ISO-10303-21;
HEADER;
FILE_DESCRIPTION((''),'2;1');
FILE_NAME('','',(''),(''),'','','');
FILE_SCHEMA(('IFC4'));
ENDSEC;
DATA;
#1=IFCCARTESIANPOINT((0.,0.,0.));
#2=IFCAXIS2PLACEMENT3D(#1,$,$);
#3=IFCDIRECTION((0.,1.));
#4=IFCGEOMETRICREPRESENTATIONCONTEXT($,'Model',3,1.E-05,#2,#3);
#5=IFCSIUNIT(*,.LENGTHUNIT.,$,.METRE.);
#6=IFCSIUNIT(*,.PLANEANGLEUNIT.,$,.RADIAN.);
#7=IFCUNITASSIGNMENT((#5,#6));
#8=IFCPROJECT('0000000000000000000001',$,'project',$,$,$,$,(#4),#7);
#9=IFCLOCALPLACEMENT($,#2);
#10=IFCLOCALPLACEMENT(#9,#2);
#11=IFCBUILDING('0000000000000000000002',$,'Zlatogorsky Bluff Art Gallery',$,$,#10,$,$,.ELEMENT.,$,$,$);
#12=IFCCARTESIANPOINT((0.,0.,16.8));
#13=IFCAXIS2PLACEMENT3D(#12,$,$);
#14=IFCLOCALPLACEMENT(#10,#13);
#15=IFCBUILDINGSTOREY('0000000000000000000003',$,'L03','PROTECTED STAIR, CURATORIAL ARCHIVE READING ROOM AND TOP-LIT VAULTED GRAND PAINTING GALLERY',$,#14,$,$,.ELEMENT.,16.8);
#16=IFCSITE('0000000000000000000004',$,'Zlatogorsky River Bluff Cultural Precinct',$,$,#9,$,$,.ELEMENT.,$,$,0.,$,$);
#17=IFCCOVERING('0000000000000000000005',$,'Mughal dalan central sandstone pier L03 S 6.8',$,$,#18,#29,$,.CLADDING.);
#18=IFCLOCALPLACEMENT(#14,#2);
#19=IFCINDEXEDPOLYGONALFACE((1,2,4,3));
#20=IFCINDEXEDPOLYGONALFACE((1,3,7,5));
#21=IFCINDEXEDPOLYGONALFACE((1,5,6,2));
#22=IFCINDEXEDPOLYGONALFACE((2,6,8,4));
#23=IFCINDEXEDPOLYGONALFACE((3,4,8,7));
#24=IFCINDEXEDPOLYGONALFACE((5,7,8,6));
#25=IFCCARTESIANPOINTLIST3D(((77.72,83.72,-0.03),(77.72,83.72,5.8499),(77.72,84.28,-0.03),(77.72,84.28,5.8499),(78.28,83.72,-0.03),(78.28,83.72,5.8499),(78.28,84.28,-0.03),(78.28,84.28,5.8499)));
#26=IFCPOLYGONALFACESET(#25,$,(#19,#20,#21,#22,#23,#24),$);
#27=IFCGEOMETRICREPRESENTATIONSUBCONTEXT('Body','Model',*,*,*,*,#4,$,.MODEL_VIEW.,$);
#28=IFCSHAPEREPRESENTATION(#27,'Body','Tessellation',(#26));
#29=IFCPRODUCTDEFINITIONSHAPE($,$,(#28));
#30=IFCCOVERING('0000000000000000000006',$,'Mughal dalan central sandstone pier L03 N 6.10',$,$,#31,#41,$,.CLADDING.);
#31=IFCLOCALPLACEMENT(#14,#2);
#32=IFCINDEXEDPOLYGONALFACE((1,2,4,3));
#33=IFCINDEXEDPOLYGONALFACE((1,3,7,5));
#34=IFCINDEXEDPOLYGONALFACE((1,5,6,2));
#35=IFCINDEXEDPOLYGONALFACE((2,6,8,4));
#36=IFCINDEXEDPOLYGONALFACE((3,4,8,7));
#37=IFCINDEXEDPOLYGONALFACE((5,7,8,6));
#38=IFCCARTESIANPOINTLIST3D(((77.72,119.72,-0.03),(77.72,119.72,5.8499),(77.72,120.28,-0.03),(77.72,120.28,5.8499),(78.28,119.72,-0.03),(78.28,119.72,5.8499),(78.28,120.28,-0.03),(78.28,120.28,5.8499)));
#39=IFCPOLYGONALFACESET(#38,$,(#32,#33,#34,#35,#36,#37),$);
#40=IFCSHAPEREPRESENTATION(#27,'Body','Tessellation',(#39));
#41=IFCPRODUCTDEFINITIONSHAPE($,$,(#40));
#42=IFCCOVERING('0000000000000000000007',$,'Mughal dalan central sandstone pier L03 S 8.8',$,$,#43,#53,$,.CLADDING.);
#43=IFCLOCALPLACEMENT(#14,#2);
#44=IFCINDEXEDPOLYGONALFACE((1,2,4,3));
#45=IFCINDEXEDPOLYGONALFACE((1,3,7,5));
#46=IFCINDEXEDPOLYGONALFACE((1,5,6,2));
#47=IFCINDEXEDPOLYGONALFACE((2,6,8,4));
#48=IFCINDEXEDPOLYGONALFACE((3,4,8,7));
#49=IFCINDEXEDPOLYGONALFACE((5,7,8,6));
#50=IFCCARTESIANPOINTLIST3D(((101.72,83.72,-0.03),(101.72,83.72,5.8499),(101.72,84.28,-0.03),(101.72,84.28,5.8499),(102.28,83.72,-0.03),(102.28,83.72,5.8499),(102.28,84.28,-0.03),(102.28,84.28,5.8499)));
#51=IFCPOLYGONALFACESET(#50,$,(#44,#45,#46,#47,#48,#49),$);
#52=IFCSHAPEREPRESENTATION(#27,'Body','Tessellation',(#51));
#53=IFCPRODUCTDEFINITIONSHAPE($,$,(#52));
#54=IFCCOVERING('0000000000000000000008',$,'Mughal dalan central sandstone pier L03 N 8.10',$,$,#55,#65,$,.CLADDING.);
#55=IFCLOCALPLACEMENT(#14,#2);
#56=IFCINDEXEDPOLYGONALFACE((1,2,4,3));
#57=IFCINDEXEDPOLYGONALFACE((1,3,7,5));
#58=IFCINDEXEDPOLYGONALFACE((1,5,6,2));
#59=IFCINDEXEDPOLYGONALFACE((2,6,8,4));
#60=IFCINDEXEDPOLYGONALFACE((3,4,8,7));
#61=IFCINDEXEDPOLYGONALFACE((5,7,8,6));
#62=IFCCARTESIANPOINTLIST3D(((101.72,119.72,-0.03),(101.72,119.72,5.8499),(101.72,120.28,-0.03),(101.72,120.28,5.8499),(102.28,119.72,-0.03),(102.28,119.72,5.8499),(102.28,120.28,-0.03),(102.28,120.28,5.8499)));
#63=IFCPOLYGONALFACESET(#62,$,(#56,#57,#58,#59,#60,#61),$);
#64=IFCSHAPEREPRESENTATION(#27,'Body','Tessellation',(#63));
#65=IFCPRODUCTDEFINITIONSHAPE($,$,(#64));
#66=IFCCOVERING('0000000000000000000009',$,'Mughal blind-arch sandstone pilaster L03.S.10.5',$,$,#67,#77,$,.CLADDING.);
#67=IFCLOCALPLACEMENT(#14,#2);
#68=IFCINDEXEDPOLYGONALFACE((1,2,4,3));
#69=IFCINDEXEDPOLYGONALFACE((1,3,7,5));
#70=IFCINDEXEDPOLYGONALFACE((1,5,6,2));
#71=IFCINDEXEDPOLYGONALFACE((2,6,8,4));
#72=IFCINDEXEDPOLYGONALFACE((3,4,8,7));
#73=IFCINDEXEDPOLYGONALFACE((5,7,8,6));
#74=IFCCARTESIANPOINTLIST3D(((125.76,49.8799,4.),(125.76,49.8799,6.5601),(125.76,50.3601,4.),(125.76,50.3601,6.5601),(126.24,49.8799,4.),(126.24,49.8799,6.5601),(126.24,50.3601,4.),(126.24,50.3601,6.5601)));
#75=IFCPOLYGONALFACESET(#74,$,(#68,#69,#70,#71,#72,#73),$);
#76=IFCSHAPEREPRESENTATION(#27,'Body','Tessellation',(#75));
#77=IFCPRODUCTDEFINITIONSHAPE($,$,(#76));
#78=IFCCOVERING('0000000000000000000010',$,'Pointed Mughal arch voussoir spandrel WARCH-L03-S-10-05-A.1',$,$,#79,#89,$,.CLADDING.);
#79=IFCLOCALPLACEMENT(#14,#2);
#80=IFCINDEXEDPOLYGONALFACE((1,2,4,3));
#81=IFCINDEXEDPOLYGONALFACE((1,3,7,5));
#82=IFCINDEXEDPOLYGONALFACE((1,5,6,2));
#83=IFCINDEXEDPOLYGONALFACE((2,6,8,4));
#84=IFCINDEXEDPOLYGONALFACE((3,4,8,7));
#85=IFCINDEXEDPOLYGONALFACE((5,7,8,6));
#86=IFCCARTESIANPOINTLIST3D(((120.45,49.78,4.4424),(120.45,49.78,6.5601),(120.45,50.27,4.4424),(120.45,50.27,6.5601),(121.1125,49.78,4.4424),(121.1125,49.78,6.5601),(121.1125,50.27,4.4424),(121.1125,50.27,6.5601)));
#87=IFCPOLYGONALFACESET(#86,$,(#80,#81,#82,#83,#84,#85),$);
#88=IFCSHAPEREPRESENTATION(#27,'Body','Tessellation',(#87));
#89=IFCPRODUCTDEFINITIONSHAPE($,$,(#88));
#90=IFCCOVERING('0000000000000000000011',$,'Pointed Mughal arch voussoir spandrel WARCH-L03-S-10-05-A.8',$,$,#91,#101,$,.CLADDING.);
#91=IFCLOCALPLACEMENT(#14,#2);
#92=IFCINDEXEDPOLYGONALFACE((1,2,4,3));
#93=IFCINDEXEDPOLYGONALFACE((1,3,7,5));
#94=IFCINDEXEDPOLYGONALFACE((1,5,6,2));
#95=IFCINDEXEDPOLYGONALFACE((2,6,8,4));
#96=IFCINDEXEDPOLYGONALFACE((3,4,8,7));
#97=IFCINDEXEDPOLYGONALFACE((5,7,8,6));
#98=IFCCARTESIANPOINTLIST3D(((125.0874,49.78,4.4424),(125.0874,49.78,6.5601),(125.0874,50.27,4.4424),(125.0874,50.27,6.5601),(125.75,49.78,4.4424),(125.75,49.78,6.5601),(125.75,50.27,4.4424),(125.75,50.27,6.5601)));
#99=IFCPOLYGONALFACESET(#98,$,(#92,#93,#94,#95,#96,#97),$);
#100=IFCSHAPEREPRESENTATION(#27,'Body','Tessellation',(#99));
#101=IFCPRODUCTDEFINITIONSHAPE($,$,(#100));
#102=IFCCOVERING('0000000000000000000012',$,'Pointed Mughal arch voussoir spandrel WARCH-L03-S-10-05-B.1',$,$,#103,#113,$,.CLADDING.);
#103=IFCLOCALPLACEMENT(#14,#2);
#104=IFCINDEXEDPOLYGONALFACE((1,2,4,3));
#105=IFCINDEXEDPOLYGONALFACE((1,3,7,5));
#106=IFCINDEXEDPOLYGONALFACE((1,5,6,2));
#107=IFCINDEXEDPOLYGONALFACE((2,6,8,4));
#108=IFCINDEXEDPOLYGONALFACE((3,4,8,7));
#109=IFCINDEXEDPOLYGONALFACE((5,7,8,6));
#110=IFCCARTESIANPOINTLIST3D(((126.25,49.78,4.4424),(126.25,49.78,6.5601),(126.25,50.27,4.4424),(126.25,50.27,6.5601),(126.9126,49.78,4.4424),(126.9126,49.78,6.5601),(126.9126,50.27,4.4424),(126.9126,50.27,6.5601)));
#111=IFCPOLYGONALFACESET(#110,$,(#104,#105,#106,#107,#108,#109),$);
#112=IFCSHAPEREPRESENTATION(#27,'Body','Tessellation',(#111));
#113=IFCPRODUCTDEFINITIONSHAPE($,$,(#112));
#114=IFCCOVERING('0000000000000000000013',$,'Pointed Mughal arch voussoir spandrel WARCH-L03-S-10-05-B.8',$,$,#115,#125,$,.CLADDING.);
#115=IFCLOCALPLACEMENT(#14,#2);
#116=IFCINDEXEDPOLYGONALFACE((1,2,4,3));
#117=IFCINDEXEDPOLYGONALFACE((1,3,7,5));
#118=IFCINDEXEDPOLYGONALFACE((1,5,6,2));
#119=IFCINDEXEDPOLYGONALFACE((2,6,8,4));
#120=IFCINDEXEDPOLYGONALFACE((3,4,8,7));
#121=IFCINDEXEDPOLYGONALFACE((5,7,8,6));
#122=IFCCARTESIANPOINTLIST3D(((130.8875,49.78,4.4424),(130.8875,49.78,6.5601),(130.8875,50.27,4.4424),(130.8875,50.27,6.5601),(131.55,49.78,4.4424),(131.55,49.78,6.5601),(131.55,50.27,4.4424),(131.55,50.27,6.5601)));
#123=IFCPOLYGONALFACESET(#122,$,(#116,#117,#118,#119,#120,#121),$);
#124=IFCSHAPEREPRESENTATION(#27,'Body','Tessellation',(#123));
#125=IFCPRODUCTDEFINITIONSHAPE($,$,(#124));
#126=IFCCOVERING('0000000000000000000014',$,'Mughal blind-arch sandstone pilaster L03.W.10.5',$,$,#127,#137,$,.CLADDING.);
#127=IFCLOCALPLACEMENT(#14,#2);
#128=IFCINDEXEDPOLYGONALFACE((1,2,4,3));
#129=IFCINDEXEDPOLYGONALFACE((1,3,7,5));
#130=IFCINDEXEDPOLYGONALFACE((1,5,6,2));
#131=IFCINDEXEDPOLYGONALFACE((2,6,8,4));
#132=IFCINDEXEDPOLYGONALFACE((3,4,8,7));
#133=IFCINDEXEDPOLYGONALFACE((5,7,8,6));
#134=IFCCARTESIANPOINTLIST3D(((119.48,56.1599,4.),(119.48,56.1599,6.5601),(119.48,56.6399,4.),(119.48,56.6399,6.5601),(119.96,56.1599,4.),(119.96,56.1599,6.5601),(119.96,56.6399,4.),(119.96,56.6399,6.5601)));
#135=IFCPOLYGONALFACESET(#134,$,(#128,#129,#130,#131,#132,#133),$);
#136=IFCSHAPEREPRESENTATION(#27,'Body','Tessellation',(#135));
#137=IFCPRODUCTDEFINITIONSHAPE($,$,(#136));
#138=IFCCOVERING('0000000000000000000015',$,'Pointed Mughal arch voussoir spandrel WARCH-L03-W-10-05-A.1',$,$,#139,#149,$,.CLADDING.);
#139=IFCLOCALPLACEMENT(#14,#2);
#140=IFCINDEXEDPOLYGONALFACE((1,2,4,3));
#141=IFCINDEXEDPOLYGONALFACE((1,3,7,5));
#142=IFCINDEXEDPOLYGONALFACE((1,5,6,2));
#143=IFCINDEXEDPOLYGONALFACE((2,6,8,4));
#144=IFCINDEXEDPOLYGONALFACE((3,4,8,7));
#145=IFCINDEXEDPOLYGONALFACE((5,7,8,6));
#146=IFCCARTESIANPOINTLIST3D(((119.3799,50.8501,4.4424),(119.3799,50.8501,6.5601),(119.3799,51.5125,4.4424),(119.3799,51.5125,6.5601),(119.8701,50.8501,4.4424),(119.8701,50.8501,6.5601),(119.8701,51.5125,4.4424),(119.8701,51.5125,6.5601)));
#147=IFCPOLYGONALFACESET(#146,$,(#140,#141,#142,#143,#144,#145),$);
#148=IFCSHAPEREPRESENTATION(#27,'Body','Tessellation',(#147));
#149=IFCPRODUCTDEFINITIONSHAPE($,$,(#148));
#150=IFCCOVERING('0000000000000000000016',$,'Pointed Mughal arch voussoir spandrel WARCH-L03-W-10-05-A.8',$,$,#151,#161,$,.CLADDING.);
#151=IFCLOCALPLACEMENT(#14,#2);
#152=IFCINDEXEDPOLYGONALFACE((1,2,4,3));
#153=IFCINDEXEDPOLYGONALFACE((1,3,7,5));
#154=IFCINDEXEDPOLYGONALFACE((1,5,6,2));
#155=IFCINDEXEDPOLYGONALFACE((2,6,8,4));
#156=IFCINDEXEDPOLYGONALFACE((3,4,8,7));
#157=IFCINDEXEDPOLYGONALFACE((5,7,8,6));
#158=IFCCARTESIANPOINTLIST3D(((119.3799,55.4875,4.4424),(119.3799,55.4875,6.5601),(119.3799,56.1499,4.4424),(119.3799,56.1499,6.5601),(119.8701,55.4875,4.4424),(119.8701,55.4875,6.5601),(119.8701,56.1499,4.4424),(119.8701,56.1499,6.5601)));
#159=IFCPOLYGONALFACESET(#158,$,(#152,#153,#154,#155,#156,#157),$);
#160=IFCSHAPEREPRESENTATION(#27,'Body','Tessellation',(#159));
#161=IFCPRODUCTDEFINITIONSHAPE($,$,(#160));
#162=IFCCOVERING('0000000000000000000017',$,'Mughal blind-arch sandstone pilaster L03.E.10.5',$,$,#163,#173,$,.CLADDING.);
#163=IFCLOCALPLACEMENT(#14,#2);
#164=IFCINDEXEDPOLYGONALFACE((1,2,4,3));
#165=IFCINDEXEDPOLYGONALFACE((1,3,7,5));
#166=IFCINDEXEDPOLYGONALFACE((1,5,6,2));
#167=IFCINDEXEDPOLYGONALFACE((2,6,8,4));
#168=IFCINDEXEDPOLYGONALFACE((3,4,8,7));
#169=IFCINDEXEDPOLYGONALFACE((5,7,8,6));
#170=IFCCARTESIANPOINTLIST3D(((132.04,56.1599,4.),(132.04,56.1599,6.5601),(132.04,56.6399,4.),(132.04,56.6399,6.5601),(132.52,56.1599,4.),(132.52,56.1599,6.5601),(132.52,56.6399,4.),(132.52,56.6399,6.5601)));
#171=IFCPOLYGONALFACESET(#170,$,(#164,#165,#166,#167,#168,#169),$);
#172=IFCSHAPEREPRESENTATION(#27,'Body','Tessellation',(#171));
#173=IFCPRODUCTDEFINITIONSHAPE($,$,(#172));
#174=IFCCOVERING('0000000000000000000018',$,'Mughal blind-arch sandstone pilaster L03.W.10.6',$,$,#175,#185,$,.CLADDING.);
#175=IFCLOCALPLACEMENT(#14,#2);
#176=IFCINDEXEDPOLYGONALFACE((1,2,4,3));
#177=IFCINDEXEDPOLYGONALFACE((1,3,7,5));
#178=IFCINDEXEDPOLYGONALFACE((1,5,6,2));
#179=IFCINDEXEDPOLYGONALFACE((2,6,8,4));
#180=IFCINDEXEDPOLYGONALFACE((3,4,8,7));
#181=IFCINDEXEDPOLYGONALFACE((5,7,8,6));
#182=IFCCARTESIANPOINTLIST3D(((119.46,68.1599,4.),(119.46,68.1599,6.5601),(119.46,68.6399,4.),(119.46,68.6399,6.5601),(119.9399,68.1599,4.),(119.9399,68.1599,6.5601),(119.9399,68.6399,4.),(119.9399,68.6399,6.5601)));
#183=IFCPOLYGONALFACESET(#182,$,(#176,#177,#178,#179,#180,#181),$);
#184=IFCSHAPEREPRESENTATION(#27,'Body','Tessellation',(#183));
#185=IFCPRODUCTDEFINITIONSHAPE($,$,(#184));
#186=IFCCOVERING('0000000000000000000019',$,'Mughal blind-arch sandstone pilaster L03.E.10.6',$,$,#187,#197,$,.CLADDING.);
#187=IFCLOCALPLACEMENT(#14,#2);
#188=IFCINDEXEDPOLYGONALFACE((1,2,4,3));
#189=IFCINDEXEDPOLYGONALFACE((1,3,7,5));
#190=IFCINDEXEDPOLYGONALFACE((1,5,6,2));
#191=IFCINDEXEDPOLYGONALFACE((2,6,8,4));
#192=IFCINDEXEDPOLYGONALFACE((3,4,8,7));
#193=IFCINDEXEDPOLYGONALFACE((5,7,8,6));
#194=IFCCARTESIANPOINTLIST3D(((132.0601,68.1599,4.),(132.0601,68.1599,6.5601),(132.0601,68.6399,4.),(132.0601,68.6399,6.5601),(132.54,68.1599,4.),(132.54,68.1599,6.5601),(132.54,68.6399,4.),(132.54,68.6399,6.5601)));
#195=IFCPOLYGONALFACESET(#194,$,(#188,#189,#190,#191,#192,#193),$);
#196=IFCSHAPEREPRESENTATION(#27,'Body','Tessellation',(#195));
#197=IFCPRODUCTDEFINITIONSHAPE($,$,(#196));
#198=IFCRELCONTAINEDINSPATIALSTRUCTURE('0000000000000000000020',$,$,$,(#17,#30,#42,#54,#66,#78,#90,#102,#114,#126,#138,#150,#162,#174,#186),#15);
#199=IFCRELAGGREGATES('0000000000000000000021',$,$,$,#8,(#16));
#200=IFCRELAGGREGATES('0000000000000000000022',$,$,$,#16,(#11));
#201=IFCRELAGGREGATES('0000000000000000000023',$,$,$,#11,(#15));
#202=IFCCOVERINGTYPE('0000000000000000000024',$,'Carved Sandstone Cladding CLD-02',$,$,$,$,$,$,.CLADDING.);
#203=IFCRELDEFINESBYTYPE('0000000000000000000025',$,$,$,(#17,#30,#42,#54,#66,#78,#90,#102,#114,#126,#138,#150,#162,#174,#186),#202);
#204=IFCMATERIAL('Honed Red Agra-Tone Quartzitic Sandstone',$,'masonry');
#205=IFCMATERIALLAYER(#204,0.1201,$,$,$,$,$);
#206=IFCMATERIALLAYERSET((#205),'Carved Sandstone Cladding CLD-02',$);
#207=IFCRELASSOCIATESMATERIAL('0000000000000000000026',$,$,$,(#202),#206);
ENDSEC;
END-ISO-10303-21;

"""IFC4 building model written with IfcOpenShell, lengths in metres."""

from ifc_helpers import new_model, si_unit, direction, frame, origin, place, context, subcontext, project, spatial, polyline, outline, extrude, material, layer, layer_set, type_object, element, save


model = new_model("IFC4")

# Units and contexts
model_context = context("Model", 3, precision=1e-05, world=origin(), true_north=direction((0.0, 1.0)))
body_context = subcontext(model_context, "Body", "Model", "MODEL_VIEW")
ifc_project = project(units=[si_unit("LENGTHUNIT", "METRE"), si_unit("PLANEANGLEUNIT", "RADIAN")], contexts=[model_context])

# Site, building, storey
site_placement = place(None, origin())
site = spatial("IfcSite", under=ifc_project, at=site_placement, Name="Zlatogorsky River Bluff Cultural Precinct", CompositionType="ELEMENT", RefElevation=0.0)
building_placement = place(site_placement, origin())
building = spatial("IfcBuilding", under=site, at=building_placement, Name="Zlatogorsky Bluff Art Gallery", CompositionType="ELEMENT")
storey_placement = place(building_placement, frame((0.0, 0.0, 16.8)))
storey = spatial("IfcBuildingStorey", under=building, at=storey_placement, Name="L03", Description="PROTECTED STAIR, CURATORIAL ARCHIVE READING ROOM AND TOP-LIT VAULTED GRAND PAINTING GALLERY", CompositionType="ELEMENT", Elevation=16.8)

# Coverings
ifc_material = material(Name="Honed Red Agra-Tone Quartzitic Sandstone", Category="masonry")
ifc_layer = layer(ifc_material, 0.1201)
ifc_layer_set = layer_set([ifc_layer], Name="Carved Sandstone Cladding CLD-02")
covering_type = type_object("IfcCoveringType", Name="Carved Sandstone Cladding CLD-02", PredefinedType="CLADDING", material=ifc_layer_set)
covering_1_placement = place(storey_placement, frame((0.0, 0.0, -0.03)))
element("IfcCovering", 1, at=covering_1_placement, inside=storey, type_object=covering_type, Name="Mughal dalan central sandstone pier L03 S 6.8", PredefinedType="CLADDING", context=body_context, shape_type="SweptSolid", body=[
    extrude(outline(polyline([(77.72, 83.72), (78.28, 83.72), (78.28, 84.28), (77.72, 84.28), (77.72, 83.72)])), origin(), (0.0, 0.0, 1.0), 5.8799),
])
covering_2_placement = place(storey_placement, frame((0.0, 0.0, -0.03)))
element("IfcCovering", 2, at=covering_2_placement, inside=storey, type_object=covering_type, Name="Mughal dalan central sandstone pier L03 N 6.10", PredefinedType="CLADDING", context=body_context, shape_type="SweptSolid", body=[
    extrude(outline(polyline([(77.72, 119.72), (78.28, 119.72), (78.28, 120.28), (77.72, 120.28), (77.72, 119.72)])), origin(), (0.0, 0.0, 1.0), 5.8799),
])
covering_3_placement = place(storey_placement, frame((0.0, 0.0, -0.03)))
element("IfcCovering", 3, at=covering_3_placement, inside=storey, type_object=covering_type, Name="Mughal dalan central sandstone pier L03 S 8.8", PredefinedType="CLADDING", context=body_context, shape_type="SweptSolid", body=[
    extrude(outline(polyline([(101.72, 83.72), (102.28, 83.72), (102.28, 84.28), (101.72, 84.28), (101.72, 83.72)])), origin(), (0.0, 0.0, 1.0), 5.8799),
])
covering_4_placement = place(storey_placement, frame((0.0, 0.0, -0.03)))
element("IfcCovering", 4, at=covering_4_placement, inside=storey, type_object=covering_type, Name="Mughal dalan central sandstone pier L03 N 8.10", PredefinedType="CLADDING", context=body_context, shape_type="SweptSolid", body=[
    extrude(outline(polyline([(101.72, 119.72), (102.28, 119.72), (102.28, 120.28), (101.72, 120.28), (101.72, 119.72)])), origin(), (0.0, 0.0, 1.0), 5.8799),
])
covering_5_placement = place(storey_placement, frame((0.0, 0.0, 4.0)))
element("IfcCovering", 5, at=covering_5_placement, inside=storey, type_object=covering_type, Name="Mughal blind-arch sandstone pilaster L03.S.10.5", PredefinedType="CLADDING", context=body_context, shape_type="SweptSolid", body=[
    extrude(outline(polyline([(125.76, 49.8799), (126.24, 49.8799), (126.24, 50.3601), (125.76, 50.3601), (125.76, 49.8799)])), origin(), (0.0, 0.0, 1.0), 2.5601),
])
covering_6_placement = place(storey_placement, frame((0.0, 0.0, 4.4424)))
element("IfcCovering", 6, at=covering_6_placement, inside=storey, type_object=covering_type, Name="Pointed Mughal arch voussoir spandrel WARCH-L03-S-10-05-A.1", PredefinedType="CLADDING", context=body_context, shape_type="SweptSolid", body=[
    extrude(outline(polyline([(120.45, 49.78), (121.1125, 49.78), (121.1125, 50.27), (120.45, 50.27), (120.45, 49.78)])), origin(), (0.0, 0.0, 1.0), 2.1177),
])
covering_7_placement = place(storey_placement, frame((0.0, 0.0, 4.4424)))
element("IfcCovering", 7, at=covering_7_placement, inside=storey, type_object=covering_type, Name="Pointed Mughal arch voussoir spandrel WARCH-L03-S-10-05-A.8", PredefinedType="CLADDING", context=body_context, shape_type="SweptSolid", body=[
    extrude(outline(polyline([(125.0874, 49.78), (125.75, 49.78), (125.75, 50.27), (125.0874, 50.27), (125.0874, 49.78)])), origin(), (0.0, 0.0, 1.0), 2.1177),
])
covering_8_placement = place(storey_placement, frame((0.0, 0.0, 4.4424)))
element("IfcCovering", 8, at=covering_8_placement, inside=storey, type_object=covering_type, Name="Pointed Mughal arch voussoir spandrel WARCH-L03-S-10-05-B.1", PredefinedType="CLADDING", context=body_context, shape_type="SweptSolid", body=[
    extrude(outline(polyline([(126.25, 49.78), (126.9126, 49.78), (126.9126, 50.27), (126.25, 50.27), (126.25, 49.78)])), origin(), (0.0, 0.0, 1.0), 2.1177),
])
covering_9_placement = place(storey_placement, frame((0.0, 0.0, 4.4424)))
element("IfcCovering", 9, at=covering_9_placement, inside=storey, type_object=covering_type, Name="Pointed Mughal arch voussoir spandrel WARCH-L03-S-10-05-B.8", PredefinedType="CLADDING", context=body_context, shape_type="SweptSolid", body=[
    extrude(outline(polyline([(130.8875, 49.78), (131.55, 49.78), (131.55, 50.27), (130.8875, 50.27), (130.8875, 49.78)])), origin(), (0.0, 0.0, 1.0), 2.1177),
])
covering_10_placement = place(storey_placement, frame((0.0, 0.0, 4.0)))
element("IfcCovering", 10, at=covering_10_placement, inside=storey, type_object=covering_type, Name="Mughal blind-arch sandstone pilaster L03.W.10.5", PredefinedType="CLADDING", context=body_context, shape_type="SweptSolid", body=[
    extrude(outline(polyline([(119.48, 56.1599), (119.96, 56.1599), (119.96, 56.6399), (119.48, 56.6399), (119.48, 56.1599)])), origin(), (0.0, 0.0, 1.0), 2.5601),
])
covering_11_placement = place(storey_placement, frame((0.0, 0.0, 4.4424)))
element("IfcCovering", 11, at=covering_11_placement, inside=storey, type_object=covering_type, Name="Pointed Mughal arch voussoir spandrel WARCH-L03-W-10-05-A.1", PredefinedType="CLADDING", context=body_context, shape_type="SweptSolid", body=[
    extrude(outline(polyline([(119.3799, 50.8501), (119.3799, 51.5125), (119.8701, 51.5125), (119.8701, 50.8501), (119.3799, 50.8501)])), origin(), (0.0, 0.0, 1.0), 2.1177),
])
covering_12_placement = place(storey_placement, frame((0.0, 0.0, 4.4424)))
element("IfcCovering", 12, at=covering_12_placement, inside=storey, type_object=covering_type, Name="Pointed Mughal arch voussoir spandrel WARCH-L03-W-10-05-A.8", PredefinedType="CLADDING", context=body_context, shape_type="SweptSolid", body=[
    extrude(outline(polyline([(119.3799, 55.4875), (119.3799, 56.1499), (119.8701, 56.1499), (119.8701, 55.4875), (119.3799, 55.4875)])), origin(), (0.0, 0.0, 1.0), 2.1177),
])
covering_13_placement = place(storey_placement, frame((0.0, 0.0, 4.0)))
element("IfcCovering", 13, at=covering_13_placement, inside=storey, type_object=covering_type, Name="Mughal blind-arch sandstone pilaster L03.E.10.5", PredefinedType="CLADDING", context=body_context, shape_type="SweptSolid", body=[
    extrude(outline(polyline([(132.04, 56.1599), (132.52, 56.1599), (132.52, 56.6399), (132.04, 56.6399), (132.04, 56.1599)])), origin(), (0.0, 0.0, 1.0), 2.5601),
])
covering_14_placement = place(storey_placement, frame((0.0, 0.0, 4.0)))
element("IfcCovering", 14, at=covering_14_placement, inside=storey, type_object=covering_type, Name="Mughal blind-arch sandstone pilaster L03.W.10.6", PredefinedType="CLADDING", context=body_context, shape_type="SweptSolid", body=[
    extrude(outline(polyline([(119.46, 68.1599), (119.9399, 68.1599), (119.9399, 68.6399), (119.46, 68.6399), (119.46, 68.1599)])), origin(), (0.0, 0.0, 1.0), 2.5601),
])
covering_15_placement = place(storey_placement, frame((0.0, 0.0, 4.0)))
element("IfcCovering", 15, at=covering_15_placement, inside=storey, type_object=covering_type, Name="Mughal blind-arch sandstone pilaster L03.E.10.6", PredefinedType="CLADDING", context=body_context, shape_type="SweptSolid", body=[
    extrude(outline(polyline([(132.0601, 68.1599), (132.54, 68.1599), (132.54, 68.6399), (132.0601, 68.6399), (132.0601, 68.1599)])), origin(), (0.0, 0.0, 1.0), 2.5601),
])

save(model, "model.ifc")
